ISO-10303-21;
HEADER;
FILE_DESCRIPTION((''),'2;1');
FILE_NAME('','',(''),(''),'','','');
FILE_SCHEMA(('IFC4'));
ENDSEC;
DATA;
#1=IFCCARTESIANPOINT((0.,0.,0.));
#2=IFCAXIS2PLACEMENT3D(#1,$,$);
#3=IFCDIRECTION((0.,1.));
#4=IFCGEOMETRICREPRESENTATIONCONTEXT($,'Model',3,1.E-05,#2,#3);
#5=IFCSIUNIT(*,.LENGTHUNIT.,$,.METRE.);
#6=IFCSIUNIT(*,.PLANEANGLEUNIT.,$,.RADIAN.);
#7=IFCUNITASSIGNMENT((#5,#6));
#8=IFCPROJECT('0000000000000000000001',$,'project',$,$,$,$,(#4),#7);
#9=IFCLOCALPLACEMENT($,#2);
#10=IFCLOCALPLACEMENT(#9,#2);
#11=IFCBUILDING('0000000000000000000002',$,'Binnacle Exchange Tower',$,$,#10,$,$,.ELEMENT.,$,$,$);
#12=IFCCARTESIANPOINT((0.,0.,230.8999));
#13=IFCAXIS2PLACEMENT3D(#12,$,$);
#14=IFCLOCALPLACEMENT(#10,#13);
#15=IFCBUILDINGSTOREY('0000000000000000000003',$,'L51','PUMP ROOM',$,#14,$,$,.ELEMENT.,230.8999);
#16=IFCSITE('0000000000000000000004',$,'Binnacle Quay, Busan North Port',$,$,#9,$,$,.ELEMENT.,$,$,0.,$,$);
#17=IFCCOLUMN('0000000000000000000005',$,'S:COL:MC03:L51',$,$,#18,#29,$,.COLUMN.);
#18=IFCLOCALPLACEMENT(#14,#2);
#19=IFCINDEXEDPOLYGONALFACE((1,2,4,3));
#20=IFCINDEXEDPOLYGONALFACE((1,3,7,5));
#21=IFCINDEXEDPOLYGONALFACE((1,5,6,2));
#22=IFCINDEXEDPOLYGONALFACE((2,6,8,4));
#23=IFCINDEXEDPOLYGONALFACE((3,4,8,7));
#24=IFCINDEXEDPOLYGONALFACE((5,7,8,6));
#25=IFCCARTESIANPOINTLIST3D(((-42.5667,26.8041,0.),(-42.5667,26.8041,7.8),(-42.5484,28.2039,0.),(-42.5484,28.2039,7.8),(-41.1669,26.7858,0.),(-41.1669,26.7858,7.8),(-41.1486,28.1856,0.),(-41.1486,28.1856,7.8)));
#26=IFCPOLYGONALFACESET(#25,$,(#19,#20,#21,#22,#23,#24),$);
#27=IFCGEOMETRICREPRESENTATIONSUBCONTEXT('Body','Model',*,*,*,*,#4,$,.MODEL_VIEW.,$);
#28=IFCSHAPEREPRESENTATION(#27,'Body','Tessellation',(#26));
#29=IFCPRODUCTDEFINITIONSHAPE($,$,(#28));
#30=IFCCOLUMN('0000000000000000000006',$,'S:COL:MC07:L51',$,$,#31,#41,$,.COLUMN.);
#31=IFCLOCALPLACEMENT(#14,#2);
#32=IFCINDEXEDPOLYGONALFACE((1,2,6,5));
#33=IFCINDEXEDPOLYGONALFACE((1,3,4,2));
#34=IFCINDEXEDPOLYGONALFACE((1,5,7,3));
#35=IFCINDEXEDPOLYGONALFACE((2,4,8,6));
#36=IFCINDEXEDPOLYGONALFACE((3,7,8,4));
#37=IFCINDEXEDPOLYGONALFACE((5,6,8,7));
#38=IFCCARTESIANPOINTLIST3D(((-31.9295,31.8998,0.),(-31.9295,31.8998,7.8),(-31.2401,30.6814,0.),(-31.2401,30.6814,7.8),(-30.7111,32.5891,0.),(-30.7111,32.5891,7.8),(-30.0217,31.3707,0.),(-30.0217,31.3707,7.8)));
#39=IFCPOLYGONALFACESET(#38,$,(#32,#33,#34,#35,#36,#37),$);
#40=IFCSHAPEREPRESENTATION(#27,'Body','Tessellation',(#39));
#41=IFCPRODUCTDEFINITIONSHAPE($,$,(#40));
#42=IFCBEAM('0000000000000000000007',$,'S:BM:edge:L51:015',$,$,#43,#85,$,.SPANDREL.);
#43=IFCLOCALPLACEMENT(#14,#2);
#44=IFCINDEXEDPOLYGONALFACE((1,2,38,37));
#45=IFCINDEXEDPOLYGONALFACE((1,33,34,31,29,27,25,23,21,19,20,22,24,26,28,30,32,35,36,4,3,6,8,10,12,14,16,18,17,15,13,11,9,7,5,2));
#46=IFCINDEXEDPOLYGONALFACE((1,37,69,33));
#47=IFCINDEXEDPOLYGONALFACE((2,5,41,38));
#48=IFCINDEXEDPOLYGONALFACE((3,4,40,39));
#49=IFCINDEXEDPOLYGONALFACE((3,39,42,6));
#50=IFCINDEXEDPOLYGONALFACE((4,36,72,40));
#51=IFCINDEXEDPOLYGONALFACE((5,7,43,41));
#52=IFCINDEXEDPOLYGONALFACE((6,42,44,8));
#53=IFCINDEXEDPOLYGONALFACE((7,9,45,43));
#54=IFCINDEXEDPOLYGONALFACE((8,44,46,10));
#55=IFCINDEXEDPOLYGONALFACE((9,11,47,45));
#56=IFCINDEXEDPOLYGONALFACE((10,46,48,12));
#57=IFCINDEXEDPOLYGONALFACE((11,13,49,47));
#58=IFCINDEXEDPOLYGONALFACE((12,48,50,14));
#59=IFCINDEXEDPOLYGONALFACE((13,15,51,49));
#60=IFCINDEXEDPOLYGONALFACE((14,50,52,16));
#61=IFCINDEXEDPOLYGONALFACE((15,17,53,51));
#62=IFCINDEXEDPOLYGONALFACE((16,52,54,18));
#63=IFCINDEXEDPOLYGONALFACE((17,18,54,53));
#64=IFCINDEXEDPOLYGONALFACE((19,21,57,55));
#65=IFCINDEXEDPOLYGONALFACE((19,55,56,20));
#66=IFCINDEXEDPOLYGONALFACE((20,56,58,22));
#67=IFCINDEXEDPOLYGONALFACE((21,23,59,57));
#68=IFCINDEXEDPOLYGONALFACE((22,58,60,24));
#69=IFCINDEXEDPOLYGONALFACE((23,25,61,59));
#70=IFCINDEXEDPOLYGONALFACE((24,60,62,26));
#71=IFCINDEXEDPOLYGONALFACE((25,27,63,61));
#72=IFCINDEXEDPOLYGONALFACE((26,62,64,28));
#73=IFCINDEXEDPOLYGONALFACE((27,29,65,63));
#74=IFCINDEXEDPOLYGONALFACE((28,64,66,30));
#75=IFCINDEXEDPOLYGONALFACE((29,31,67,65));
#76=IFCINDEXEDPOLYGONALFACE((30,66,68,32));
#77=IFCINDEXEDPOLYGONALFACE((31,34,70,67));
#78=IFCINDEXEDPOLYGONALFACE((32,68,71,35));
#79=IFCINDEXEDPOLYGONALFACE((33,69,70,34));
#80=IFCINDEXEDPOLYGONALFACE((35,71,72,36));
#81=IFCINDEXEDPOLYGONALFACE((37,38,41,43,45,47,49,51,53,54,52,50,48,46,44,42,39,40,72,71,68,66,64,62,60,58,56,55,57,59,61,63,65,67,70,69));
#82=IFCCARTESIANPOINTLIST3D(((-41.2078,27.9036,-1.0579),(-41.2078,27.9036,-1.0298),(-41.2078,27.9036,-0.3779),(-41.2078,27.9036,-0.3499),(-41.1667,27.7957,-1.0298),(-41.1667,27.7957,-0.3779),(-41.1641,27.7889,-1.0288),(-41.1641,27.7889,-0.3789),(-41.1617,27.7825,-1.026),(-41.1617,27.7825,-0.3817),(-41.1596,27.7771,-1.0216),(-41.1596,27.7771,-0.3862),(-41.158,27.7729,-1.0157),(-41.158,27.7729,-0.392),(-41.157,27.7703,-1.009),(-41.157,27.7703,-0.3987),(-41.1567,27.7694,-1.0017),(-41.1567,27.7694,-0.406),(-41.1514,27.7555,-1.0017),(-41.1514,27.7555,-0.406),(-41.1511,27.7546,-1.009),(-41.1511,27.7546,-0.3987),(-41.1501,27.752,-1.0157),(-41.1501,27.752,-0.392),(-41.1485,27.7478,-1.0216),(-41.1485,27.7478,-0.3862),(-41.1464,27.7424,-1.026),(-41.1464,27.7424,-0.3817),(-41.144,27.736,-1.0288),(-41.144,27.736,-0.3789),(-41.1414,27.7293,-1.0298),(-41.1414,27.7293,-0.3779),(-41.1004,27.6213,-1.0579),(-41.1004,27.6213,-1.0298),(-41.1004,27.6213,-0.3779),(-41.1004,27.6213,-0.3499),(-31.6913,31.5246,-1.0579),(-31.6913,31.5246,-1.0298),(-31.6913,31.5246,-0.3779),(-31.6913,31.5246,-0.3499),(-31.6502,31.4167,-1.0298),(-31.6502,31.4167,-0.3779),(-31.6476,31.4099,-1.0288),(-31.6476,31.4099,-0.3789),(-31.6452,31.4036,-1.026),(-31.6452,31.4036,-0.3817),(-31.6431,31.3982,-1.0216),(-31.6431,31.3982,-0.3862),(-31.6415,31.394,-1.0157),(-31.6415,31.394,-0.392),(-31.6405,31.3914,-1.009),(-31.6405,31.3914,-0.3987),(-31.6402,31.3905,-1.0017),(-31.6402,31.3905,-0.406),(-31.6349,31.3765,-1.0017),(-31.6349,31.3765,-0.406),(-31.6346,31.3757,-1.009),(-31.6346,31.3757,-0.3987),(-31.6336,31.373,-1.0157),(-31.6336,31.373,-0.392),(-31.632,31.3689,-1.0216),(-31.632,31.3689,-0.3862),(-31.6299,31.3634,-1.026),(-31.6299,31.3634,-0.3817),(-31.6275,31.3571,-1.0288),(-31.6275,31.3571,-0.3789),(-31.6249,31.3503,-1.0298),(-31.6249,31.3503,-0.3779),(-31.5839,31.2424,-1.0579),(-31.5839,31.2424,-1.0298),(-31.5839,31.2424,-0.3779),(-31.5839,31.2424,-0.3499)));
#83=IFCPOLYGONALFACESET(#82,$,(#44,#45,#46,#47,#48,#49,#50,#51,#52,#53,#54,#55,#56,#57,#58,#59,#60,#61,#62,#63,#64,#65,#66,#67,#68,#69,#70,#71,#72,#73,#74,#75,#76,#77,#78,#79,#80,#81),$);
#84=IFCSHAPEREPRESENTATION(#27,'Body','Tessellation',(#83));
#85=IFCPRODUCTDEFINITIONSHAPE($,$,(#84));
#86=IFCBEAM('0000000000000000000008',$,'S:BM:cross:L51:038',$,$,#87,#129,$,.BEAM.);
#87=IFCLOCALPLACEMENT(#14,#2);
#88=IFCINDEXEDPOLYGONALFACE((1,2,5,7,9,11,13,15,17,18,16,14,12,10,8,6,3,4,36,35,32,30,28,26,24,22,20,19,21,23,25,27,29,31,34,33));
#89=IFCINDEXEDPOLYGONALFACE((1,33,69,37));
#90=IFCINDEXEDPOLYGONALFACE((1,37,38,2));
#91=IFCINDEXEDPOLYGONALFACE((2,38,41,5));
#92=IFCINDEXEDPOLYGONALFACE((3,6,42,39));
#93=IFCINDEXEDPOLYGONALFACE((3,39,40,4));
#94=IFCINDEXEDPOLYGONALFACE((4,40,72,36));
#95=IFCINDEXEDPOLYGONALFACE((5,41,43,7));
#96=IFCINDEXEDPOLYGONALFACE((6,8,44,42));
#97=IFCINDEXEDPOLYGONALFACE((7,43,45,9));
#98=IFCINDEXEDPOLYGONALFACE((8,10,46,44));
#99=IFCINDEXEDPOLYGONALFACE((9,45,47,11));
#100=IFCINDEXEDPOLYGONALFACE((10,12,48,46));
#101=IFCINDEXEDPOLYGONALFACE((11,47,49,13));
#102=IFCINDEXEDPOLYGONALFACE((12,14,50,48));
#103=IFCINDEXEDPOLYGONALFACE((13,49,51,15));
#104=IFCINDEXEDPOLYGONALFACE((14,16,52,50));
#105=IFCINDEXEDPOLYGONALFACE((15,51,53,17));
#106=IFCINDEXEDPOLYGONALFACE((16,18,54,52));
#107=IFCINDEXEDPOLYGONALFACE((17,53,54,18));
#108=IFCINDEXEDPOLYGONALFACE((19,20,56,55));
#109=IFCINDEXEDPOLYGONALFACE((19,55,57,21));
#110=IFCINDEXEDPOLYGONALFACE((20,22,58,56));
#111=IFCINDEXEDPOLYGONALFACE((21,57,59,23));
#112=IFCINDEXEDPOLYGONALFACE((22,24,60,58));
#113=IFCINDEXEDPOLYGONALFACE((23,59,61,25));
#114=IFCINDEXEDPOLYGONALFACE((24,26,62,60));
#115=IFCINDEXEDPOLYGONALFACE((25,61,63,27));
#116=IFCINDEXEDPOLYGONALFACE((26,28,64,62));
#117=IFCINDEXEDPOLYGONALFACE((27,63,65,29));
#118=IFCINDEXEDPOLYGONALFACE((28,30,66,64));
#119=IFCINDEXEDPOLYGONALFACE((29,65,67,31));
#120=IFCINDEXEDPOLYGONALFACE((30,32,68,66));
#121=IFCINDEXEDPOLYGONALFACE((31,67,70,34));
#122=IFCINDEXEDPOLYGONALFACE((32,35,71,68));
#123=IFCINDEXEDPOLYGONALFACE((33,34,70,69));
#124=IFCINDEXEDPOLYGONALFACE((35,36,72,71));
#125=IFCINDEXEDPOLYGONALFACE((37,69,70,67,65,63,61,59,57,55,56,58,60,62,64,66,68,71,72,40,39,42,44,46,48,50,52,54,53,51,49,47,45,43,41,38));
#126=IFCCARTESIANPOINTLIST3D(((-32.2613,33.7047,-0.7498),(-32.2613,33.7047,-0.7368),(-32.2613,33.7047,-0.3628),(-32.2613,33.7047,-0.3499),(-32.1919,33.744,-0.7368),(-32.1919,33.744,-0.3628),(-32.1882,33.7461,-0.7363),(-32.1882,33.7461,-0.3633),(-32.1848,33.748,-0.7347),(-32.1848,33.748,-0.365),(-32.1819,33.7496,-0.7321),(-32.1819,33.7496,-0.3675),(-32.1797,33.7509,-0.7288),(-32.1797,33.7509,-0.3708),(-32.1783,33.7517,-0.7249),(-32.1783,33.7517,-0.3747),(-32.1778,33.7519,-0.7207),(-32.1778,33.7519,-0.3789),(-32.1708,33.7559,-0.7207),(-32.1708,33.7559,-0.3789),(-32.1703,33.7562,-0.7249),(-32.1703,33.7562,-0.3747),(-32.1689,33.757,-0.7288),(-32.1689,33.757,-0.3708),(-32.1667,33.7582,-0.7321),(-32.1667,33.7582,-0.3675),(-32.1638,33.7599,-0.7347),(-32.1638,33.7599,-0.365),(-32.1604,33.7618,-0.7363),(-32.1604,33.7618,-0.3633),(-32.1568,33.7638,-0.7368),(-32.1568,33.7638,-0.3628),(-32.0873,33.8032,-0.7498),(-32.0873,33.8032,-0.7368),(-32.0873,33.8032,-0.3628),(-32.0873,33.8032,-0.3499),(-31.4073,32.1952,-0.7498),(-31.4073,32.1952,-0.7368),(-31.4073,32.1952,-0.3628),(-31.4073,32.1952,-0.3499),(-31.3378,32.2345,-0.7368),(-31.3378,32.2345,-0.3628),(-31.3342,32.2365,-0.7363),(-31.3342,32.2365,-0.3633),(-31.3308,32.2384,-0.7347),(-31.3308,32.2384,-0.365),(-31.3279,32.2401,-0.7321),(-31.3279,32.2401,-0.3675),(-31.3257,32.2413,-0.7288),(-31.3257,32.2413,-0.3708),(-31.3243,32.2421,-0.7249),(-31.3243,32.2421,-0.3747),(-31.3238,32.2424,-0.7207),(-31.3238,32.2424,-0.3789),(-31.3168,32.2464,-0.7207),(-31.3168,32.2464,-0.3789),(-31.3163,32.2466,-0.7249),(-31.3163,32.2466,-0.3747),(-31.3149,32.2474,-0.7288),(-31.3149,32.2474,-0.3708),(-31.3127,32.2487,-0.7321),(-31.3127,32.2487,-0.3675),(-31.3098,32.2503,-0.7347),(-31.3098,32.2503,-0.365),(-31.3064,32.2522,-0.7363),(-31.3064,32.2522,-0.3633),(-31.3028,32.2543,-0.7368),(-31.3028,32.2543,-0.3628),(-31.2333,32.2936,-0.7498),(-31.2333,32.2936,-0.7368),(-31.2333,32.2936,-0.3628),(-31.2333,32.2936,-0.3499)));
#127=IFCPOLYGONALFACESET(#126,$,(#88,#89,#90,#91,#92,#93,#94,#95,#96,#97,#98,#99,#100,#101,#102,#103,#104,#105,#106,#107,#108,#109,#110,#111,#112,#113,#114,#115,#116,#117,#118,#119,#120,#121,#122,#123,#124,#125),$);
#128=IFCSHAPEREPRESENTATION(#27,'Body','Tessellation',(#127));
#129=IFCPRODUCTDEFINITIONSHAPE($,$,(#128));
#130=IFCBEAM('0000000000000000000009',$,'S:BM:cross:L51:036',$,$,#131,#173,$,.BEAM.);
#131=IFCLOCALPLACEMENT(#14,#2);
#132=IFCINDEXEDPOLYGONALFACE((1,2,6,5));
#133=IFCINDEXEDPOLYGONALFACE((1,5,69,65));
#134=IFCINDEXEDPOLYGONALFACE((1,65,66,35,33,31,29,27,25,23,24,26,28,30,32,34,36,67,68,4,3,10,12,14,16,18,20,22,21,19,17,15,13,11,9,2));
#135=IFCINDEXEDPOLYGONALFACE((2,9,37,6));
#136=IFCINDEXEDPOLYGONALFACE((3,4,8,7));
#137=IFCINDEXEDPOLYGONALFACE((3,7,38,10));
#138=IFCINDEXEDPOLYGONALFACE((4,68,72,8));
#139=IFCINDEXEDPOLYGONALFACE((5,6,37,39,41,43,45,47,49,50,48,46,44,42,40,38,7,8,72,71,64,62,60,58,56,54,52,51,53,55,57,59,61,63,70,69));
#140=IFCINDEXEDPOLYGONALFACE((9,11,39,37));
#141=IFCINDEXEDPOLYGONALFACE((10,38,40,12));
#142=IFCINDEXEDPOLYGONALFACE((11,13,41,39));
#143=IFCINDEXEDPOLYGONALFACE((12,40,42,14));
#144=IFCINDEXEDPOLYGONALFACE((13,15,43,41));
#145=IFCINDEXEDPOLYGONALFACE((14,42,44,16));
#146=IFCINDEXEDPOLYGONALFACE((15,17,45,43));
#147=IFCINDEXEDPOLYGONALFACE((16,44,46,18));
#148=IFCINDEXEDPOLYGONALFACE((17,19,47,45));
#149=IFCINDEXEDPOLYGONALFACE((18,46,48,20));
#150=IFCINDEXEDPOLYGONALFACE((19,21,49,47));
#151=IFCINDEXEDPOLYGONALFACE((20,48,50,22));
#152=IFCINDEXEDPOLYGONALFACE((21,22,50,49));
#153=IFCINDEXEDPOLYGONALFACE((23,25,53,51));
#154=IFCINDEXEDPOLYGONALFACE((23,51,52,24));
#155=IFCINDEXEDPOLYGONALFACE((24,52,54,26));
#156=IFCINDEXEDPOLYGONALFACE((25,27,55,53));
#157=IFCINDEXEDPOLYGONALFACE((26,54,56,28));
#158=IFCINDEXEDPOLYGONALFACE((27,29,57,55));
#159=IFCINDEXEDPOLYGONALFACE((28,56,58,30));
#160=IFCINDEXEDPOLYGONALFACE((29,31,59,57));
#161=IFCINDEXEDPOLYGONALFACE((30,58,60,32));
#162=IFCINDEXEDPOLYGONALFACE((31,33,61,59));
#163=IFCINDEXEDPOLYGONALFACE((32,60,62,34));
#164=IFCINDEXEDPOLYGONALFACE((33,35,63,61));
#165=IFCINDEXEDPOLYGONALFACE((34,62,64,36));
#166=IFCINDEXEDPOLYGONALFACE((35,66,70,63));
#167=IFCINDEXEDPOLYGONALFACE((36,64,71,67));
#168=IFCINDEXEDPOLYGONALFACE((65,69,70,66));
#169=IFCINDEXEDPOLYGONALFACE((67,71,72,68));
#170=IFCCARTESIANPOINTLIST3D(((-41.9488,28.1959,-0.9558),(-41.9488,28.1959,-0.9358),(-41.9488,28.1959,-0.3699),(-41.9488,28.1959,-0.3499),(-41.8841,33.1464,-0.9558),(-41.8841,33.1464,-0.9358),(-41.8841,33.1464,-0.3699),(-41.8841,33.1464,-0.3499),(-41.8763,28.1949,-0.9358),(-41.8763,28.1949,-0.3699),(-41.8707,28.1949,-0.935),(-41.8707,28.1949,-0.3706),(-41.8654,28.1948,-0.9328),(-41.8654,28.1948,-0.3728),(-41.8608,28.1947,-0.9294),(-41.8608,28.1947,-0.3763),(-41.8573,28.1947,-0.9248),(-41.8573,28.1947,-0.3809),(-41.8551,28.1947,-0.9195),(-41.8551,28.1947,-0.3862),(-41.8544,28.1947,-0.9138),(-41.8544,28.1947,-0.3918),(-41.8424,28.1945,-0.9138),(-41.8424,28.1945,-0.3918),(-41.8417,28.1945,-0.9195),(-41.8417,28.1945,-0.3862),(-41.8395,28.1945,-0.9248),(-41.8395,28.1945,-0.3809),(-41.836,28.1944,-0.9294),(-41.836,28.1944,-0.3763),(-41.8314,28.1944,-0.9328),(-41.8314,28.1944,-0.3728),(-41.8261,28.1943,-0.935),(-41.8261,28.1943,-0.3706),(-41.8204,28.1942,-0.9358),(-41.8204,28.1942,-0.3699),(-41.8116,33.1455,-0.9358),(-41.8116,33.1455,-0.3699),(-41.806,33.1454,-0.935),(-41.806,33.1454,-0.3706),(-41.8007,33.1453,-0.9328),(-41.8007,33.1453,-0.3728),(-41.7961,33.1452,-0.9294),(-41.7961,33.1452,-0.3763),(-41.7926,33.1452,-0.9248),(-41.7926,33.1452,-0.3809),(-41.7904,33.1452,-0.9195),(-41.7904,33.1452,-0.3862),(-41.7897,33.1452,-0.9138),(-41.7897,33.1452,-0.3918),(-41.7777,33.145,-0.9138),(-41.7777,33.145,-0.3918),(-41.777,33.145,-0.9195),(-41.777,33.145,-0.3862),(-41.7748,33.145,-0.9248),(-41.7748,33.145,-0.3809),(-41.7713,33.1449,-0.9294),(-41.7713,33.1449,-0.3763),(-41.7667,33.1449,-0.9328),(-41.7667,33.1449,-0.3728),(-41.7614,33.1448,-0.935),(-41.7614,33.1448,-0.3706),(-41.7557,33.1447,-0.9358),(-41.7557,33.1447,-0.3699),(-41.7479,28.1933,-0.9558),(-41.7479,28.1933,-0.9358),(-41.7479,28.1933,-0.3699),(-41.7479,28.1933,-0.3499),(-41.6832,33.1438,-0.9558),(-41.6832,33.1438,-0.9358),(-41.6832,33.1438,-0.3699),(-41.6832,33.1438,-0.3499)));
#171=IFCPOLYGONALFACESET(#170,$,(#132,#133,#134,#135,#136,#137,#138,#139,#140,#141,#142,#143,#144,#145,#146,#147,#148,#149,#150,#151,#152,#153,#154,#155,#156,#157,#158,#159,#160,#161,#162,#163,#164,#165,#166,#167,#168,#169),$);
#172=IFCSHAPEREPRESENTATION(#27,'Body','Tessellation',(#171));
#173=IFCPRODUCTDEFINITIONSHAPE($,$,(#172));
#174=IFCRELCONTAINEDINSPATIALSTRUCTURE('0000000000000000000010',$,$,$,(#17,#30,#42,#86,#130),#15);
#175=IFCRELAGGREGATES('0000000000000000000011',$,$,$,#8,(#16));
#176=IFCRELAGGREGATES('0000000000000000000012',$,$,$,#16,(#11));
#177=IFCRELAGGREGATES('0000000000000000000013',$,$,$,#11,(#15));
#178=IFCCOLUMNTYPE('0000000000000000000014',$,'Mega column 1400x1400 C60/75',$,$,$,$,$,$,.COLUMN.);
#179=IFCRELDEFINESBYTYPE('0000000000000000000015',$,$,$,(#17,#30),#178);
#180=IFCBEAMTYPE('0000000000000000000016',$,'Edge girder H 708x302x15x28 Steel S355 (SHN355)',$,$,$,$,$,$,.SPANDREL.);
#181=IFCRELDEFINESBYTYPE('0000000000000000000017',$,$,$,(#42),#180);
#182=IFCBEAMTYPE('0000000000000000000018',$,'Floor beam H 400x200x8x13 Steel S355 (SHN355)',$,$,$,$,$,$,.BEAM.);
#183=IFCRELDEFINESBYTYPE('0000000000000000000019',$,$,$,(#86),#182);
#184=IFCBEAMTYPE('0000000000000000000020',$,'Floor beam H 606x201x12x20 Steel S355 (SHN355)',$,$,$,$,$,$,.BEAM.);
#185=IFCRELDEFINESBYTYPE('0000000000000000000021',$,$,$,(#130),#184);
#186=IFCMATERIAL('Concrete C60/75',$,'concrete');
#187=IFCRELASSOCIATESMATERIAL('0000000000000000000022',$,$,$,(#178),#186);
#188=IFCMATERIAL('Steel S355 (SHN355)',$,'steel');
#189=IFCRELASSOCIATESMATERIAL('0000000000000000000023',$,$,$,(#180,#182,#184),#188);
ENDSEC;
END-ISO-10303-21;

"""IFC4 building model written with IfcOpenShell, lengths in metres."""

from ifc_helpers import new_model, si_unit, direction, frame, origin, origin_2d, place, context, subcontext, project, spatial, rectangle, i_section, extrude, material, material_profile, profile_set, type_object, element, save


model = new_model("IFC4")

# Units and contexts
model_context = context("Model", 3, precision=1e-05, world=origin(), true_north=direction((0.0, 1.0)))
body_context = subcontext(model_context, "Body", "Model", "MODEL_VIEW")
ifc_project = project(units=[si_unit("LENGTHUNIT", "METRE"), si_unit("PLANEANGLEUNIT", "RADIAN")], contexts=[model_context])

# Site, building, storey
site_placement = place(None, origin())
site = spatial("IfcSite", under=ifc_project, at=site_placement, Name="Binnacle Quay, Busan North Port", CompositionType="ELEMENT", RefElevation=0.0)
building_placement = place(site_placement, origin())
building = spatial("IfcBuilding", under=site, at=building_placement, Name="Binnacle Exchange Tower", CompositionType="ELEMENT")
storey_placement = place(building_placement, frame((0.0, 0.0, 230.8999)))
storey = spatial("IfcBuildingStorey", under=building, at=storey_placement, Name="L51", Description="PUMP ROOM", CompositionType="ELEMENT", Elevation=230.8999)

# Columns
ifc_material_1 = material(Name="Concrete C60/75", Category="concrete")
ifc_material_profile_1 = material_profile(ifc_material_1, rectangle(XDim=1.3999, YDim=1.3999, at=origin_2d()), Name="Mega column 1400x1400 C60/75")
ifc_profile_set_1 = profile_set([ifc_material_profile_1], Name="Concrete C60/75")
column_type = type_object("IfcColumnType", Name="Mega column 1400x1400 C60/75", PredefinedType="COLUMN", material=ifc_profile_set_1)
for number, where, z_axis, x_axis, name in (
    (1, (-41.8577, 27.4949, 0.0), (0.0, 0.0, 1.0), (0.999914, -0.01309, 0.0), "S:COL:MC03:L51"),
    (2, (-30.9756, 31.6353, 0.0), (0.0, 0.0, 1.0), (0.870356, 0.492424, 0.0), "S:COL:MC07:L51"),
):
    element("IfcColumn", number, at=place(storey_placement, frame(where, z_axis=z_axis, x_axis=x_axis)), inside=storey, type_object=column_type, Name=name, PredefinedType="COLUMN", context=body_context, shape_type="SweptSolid", body=[
        extrude(rectangle(XDim=1.3999, YDim=1.3999, at=origin_2d()), origin(), (0.0, 0.0, 1.0), 7.8),
    ])

# Beams
ifc_material_2 = material(Name="Steel S355 (SHN355)", Category="steel")
ifc_material_profile_2 = material_profile(ifc_material_2, i_section(OverallWidth=0.302, OverallDepth=0.708, WebThickness=0.0149, FlangeThickness=0.0281, FilletRadius=0.0281, at=origin_2d()), Name="H 708x302x15x28")
ifc_profile_set_2 = profile_set([ifc_material_profile_2], Name="Steel S355 (SHN355)")
beam_type_1 = type_object("IfcBeamType", Name="Edge girder H 708x302x15x28 Steel S355 (SHN355)", PredefinedType="SPANDREL", material=ifc_profile_set_2)
beam_1_placement = place(storey_placement, frame((-41.1541, 27.7625, -0.7039), z_axis=(0.934627, 0.355628, 0.0), x_axis=(-0.355628, 0.934627, 0.0)))
element("IfcBeam", 3, at=beam_1_placement, inside=storey, type_object=beam_type_1, Name="S:BM:edge:L51:015", PredefinedType="SPANDREL", context=body_context, shape_type="SweptSolid", body=[
    extrude(i_section(OverallWidth=0.302, OverallDepth=0.708, WebThickness=0.0149, FlangeThickness=0.0281, FilletRadius=0.0281, at=origin_2d()), origin(), (0.0, 0.0, 1.0), 10.1821),
])
ifc_material_profile_3 = material_profile(ifc_material_2, i_section(OverallWidth=0.2, OverallDepth=0.3999, WebThickness=0.0081, FlangeThickness=0.0129, FilletRadius=0.0161, at=origin_2d()), Name="H 400x200x8x13")
ifc_profile_set_3 = profile_set([ifc_material_profile_3], Name="Steel S355 (SHN355)")
beam_type_2 = type_object("IfcBeamType", Name="Floor beam H 400x200x8x13 Steel S355 (SHN355)", PredefinedType="BEAM", material=ifc_profile_set_3)
beam_2_placement = place(storey_placement, frame((-31.3203, 32.2444, -0.5498), z_axis=(-0.492405, 0.870366, 0.0), x_axis=(-0.870366, -0.492405, 0.0)))
element("IfcBeam", 4, at=beam_2_placement, inside=storey, type_object=beam_type_2, Name="S:BM:cross:L51:038", PredefinedType="BEAM", context=body_context, shape_type="SweptSolid", body=[
    extrude(i_section(OverallWidth=0.2, OverallDepth=0.3999, WebThickness=0.0081, FlangeThickness=0.0129, FilletRadius=0.0161, at=origin_2d()), origin(), (0.0, 0.0, 1.0), 1.7344),
])
ifc_material_profile_4 = material_profile(ifc_material_2, i_section(OverallWidth=0.2009, OverallDepth=0.606, WebThickness=0.012, FlangeThickness=0.02, FilletRadius=0.022, at=origin_2d()), Name="H 606x201x12x20")
ifc_profile_set_4 = profile_set([ifc_material_profile_4], Name="Steel S355 (SHN355)")
beam_type_3 = type_object("IfcBeamType", Name="Floor beam H 606x201x12x20 Steel S355 (SHN355)", PredefinedType="BEAM", material=ifc_profile_set_4)
beam_3_placement = place(storey_placement, frame((-41.8484, 28.1946, -0.6528), z_axis=(0.013068, 0.999915, 0.0), x_axis=(-0.999915, 0.013068, 0.0)))
element("IfcBeam", 5, at=beam_3_placement, inside=storey, type_object=beam_type_3, Name="S:BM:cross:L51:036", PredefinedType="BEAM", context=body_context, shape_type="SweptSolid", body=[
    extrude(i_section(OverallWidth=0.2009, OverallDepth=0.606, WebThickness=0.012, FlangeThickness=0.02, FilletRadius=0.022, at=origin_2d()), origin(), (0.0, 0.0, 1.0), 4.9509),
])

save(model, "model.ifc")
